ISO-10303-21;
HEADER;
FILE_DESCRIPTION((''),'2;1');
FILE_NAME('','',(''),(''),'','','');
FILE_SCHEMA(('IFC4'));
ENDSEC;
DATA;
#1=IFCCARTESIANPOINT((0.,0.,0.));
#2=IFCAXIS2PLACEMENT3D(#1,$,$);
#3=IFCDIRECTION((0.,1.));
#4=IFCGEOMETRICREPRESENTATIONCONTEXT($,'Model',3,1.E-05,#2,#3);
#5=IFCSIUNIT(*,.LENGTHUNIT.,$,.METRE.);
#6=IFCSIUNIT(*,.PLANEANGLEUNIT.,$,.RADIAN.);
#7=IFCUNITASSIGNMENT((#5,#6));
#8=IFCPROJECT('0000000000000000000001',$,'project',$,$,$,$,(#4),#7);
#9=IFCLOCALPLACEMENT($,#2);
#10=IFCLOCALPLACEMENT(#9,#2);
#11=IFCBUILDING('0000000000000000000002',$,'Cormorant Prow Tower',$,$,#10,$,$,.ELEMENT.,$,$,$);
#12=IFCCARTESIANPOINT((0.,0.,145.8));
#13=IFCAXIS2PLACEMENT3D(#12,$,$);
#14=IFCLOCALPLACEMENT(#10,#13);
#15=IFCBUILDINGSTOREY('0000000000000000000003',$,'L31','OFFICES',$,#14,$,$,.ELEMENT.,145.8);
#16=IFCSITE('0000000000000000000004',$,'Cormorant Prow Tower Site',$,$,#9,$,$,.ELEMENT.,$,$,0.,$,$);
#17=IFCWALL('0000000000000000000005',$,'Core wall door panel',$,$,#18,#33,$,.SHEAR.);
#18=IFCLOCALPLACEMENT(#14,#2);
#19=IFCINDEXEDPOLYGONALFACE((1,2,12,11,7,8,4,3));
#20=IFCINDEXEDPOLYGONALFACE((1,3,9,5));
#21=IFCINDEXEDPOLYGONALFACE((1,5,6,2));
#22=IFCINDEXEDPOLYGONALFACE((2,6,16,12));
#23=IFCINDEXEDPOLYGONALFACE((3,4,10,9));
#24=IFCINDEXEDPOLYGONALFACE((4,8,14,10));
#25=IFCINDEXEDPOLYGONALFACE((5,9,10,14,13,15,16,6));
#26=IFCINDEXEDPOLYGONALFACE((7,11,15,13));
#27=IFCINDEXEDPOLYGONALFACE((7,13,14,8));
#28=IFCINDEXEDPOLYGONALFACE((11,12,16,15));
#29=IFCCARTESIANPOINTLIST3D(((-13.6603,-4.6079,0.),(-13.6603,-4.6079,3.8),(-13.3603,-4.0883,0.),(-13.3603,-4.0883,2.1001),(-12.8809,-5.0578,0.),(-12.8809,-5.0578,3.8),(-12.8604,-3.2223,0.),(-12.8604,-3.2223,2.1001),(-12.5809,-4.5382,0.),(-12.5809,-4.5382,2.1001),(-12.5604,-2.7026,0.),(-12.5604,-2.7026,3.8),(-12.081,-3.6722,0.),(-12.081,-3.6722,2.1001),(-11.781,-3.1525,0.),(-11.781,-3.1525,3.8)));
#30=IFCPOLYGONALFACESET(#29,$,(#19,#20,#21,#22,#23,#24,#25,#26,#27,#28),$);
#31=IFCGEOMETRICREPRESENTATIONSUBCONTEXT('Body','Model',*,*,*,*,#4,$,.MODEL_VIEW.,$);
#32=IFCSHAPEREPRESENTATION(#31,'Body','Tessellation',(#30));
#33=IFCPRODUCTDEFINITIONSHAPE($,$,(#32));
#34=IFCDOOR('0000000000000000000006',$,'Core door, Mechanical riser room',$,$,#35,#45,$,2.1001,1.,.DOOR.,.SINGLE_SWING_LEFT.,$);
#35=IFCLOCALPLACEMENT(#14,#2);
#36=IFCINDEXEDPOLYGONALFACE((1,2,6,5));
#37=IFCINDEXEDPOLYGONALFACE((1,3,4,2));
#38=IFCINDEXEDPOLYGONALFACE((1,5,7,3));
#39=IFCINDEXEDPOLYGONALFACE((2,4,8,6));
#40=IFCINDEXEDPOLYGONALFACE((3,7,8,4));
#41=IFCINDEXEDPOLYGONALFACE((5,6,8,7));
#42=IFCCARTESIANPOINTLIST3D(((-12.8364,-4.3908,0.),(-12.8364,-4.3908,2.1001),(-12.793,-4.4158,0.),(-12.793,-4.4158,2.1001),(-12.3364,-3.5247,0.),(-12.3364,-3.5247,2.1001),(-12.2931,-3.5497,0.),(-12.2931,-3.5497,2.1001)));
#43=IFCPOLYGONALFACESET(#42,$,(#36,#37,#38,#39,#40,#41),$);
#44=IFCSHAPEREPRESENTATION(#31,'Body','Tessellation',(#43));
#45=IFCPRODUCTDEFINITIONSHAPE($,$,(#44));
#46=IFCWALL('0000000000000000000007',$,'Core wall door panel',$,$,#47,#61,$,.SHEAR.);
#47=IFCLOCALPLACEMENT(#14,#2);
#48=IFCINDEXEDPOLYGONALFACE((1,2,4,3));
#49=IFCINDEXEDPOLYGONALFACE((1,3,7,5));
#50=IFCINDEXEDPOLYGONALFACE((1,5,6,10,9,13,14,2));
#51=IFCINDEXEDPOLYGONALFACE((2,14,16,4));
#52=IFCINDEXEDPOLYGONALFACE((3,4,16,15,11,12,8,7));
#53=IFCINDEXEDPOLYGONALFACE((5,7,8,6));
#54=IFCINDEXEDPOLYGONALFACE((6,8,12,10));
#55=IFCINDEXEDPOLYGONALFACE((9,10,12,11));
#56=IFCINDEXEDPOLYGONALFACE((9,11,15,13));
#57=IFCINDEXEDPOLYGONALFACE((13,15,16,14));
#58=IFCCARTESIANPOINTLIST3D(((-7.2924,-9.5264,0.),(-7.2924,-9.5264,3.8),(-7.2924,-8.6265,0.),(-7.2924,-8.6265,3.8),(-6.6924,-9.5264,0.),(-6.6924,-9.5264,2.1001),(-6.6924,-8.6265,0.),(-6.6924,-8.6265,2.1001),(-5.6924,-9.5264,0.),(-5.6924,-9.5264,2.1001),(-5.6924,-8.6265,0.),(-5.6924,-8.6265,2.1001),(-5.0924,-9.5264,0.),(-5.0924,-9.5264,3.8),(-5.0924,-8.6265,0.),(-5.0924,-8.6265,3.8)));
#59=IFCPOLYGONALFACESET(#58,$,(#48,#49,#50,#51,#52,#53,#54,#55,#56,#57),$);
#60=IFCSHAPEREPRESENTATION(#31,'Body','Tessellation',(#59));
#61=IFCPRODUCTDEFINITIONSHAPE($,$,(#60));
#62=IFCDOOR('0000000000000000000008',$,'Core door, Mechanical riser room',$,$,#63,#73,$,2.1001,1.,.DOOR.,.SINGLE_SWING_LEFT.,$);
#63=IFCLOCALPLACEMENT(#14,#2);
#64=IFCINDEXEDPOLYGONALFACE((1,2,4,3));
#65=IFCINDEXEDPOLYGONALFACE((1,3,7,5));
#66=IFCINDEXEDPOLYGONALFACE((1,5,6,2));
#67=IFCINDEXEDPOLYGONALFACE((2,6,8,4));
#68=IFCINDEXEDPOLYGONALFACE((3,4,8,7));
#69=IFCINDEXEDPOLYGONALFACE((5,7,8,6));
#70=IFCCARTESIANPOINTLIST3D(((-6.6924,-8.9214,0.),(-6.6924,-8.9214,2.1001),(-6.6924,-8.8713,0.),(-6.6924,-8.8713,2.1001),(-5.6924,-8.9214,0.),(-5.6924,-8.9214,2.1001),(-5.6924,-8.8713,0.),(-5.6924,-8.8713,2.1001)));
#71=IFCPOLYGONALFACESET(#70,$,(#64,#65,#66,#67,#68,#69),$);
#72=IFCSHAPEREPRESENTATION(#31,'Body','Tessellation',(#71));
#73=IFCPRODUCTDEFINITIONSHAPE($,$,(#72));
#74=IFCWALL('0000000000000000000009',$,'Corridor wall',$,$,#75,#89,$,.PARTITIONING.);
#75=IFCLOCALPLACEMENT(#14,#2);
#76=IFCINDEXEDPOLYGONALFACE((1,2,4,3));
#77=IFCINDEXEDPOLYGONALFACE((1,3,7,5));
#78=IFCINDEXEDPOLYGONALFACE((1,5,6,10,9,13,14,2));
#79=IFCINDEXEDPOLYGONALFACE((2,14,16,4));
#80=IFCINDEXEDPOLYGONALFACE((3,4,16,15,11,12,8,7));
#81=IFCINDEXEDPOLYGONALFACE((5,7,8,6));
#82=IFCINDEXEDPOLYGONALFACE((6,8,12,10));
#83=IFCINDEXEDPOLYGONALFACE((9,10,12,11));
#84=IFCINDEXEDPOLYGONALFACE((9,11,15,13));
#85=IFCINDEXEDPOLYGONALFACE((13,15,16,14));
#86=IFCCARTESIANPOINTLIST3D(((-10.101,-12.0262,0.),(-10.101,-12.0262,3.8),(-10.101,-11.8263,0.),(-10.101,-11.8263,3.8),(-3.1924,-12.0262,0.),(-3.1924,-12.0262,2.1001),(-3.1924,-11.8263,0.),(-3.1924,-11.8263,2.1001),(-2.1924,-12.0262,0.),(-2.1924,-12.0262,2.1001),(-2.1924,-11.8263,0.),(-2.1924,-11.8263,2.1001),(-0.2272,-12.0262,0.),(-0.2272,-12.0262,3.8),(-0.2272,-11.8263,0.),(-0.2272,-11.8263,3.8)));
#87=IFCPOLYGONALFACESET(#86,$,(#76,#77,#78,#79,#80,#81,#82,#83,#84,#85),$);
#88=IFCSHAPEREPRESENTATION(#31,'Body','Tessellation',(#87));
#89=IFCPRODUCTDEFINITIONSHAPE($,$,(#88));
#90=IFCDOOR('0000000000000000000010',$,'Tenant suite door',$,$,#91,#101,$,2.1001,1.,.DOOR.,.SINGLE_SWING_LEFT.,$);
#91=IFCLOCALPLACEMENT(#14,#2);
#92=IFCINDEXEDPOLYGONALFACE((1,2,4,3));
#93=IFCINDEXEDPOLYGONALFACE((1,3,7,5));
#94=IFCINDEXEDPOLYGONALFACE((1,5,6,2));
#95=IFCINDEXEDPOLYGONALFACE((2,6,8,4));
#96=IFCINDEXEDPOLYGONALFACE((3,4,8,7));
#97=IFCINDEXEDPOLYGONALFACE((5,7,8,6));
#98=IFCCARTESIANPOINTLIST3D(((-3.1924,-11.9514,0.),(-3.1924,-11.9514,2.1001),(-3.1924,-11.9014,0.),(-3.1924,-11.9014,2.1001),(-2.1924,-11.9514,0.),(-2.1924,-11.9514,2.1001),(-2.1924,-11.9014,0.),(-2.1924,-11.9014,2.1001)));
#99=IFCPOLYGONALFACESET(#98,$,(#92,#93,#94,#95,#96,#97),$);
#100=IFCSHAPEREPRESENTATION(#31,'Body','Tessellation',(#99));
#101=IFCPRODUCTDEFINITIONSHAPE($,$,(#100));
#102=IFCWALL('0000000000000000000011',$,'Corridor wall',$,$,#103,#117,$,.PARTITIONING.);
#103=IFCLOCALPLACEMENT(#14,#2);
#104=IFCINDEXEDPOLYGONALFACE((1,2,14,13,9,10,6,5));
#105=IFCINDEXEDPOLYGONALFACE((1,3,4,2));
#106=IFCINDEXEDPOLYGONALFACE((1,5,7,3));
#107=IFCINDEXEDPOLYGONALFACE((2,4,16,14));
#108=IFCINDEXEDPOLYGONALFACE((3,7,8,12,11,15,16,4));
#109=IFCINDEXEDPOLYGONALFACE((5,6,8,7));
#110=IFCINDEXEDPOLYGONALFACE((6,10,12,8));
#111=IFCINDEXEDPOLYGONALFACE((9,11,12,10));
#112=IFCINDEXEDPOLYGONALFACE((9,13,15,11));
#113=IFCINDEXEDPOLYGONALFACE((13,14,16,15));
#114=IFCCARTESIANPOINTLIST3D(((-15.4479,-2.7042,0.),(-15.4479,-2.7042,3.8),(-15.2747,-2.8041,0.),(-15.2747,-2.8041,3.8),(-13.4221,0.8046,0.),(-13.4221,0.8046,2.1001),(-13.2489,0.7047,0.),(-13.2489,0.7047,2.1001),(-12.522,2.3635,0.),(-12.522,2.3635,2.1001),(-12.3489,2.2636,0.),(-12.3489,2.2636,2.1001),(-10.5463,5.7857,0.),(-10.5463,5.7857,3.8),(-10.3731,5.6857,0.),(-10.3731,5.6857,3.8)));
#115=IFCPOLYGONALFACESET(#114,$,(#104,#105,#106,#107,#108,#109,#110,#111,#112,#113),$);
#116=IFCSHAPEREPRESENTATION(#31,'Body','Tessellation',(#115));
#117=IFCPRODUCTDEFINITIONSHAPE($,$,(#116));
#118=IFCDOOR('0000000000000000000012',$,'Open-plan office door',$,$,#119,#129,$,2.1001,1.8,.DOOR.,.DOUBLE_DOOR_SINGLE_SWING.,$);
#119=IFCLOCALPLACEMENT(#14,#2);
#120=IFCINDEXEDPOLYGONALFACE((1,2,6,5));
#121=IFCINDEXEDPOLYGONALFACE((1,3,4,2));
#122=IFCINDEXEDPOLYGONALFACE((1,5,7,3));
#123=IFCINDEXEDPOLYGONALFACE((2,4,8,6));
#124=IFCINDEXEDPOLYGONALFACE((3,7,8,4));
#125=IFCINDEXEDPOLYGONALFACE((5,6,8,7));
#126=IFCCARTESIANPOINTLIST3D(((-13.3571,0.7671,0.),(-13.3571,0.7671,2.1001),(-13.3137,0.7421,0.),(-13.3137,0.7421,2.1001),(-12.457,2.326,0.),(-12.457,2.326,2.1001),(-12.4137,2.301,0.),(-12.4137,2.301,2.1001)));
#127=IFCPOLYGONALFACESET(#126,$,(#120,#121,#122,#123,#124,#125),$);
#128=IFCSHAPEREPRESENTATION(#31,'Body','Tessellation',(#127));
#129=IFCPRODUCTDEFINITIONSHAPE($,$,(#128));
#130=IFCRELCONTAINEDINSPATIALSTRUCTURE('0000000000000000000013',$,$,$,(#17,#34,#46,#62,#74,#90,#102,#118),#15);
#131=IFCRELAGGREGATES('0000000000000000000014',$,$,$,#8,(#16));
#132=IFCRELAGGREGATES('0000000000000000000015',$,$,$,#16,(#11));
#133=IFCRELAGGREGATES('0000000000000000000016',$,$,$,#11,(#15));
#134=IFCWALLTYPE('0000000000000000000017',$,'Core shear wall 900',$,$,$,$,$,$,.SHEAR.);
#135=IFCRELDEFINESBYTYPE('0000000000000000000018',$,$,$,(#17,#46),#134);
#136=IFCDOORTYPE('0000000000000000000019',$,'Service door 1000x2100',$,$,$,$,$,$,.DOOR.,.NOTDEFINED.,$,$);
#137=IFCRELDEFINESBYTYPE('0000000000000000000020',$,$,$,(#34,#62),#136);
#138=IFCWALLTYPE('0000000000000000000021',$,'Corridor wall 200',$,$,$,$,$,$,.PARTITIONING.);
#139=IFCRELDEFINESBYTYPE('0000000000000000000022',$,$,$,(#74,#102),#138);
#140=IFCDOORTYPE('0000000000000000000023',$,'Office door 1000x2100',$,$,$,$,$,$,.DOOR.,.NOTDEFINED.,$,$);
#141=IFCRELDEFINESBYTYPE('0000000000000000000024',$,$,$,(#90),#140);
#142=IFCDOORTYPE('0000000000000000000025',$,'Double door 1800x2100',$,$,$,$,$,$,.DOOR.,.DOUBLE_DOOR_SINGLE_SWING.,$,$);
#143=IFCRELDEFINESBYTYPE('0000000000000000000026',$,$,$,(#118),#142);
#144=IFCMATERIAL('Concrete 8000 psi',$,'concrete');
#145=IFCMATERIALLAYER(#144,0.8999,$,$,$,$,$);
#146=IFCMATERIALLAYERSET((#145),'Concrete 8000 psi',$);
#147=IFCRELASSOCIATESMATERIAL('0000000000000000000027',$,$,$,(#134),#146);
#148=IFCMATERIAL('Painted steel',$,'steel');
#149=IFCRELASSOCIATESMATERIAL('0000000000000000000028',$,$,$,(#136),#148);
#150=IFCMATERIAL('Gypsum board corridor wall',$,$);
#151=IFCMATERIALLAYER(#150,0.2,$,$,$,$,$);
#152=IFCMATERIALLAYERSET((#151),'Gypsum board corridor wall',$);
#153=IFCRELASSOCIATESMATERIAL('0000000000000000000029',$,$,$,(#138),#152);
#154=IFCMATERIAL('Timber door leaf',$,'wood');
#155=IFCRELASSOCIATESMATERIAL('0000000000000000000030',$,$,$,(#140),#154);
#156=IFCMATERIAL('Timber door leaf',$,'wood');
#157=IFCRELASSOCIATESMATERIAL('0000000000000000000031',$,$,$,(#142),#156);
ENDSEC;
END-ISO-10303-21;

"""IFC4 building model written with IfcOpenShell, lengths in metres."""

from ifc_helpers import new_model, si_unit, direction, frame, frame_2d, origin, place, context, subcontext, project, spatial, rectangle, extrude, material, layer, layer_set, type_object, element, fill, save


model = new_model("IFC4")

# Units and contexts
model_context = context("Model", 3, precision=1e-05, world=origin(), true_north=direction((0.0, 1.0)))
body_context = subcontext(model_context, "Body", "Model", "MODEL_VIEW")
ifc_project = project(units=[si_unit("LENGTHUNIT", "METRE"), si_unit("PLANEANGLEUNIT", "RADIAN")], contexts=[model_context])

# Site, building, storey
site_placement = place(None, origin())
site = spatial("IfcSite", under=ifc_project, at=site_placement, Name="Cormorant Prow Tower Site", CompositionType="ELEMENT", RefElevation=0.0)
building_placement = place(site_placement, origin())
building = spatial("IfcBuilding", under=site, at=building_placement, Name="Cormorant Prow Tower", CompositionType="ELEMENT")
storey_placement = place(building_placement, frame((0.0, 0.0, 145.8)))
storey = spatial("IfcBuildingStorey", under=building, at=storey_placement, Name="L31", Description="OFFICES", CompositionType="ELEMENT", Elevation=145.8)

# Shared definitions
ifc_material_1 = material(Name="Concrete 8000 psi", Category="concrete")
ifc_layer_1 = layer(ifc_material_1, 0.8999)
ifc_layer_set_1 = layer_set([ifc_layer_1], Name="Concrete 8000 psi")
wall_type_1 = type_object("IfcWallType", Name="Core shear wall 900", PredefinedType="SHEAR", material=ifc_layer_set_1)

# Walls, openings, doors
ifc_material_2 = material(Name="Painted steel", Category="steel")
door_type_1 = type_object("IfcDoorType", Name="Service door 1000x2100", OperationType="NOTDEFINED", PredefinedType="DOOR", material=ifc_material_2)
wall_1_placement = place(storey_placement, frame((-12.1707, -2.9275, 0.0), z_axis=(0.0, 0.0, 1.0), x_axis=(-0.499947, -0.866056, 0.0)))
wall_1 = element("IfcWall", 1, at=wall_1_placement, inside=storey, type_object=wall_type_1, Name="Core wall door panel", PredefinedType="SHEAR", context=body_context, shape_type="SweptSolid", body=[
    extrude(rectangle(XDim=2.2, YDim=0.8999, at=frame_2d((1.1001, 0.0))), origin(), (0.0, 0.0, 1.0), 3.8),
])
opening_1_placement = place(wall_1_placement, frame((0.6001, 0.0, 0.0)))
opening_1 = element("IfcOpeningElement", 2, at=opening_1_placement, cuts=wall_1, PredefinedType="OPENING", context=body_context, shape_type="SweptSolid", body=[
    extrude(rectangle(XDim=1.0, YDim=2.1001, at=frame_2d((0.5, 1.05))), frame((0.0, 0.46, 0.0), z_axis=(0.0, -1.0, 0.0), x_axis=(1.0, 0.0, 0.0)), (0.0, 0.0, 1.0), 0.9199),
])
door_1_placement = place(opening_1_placement, origin())
door_1 = element("IfcDoor", 3, at=door_1_placement, inside=storey, type_object=door_type_1, Name="Core door, Mechanical riser room", OperationType="SINGLE_SWING_LEFT", OverallHeight=2.1001, OverallWidth=1.0, PredefinedType="DOOR", context=body_context, shape_type="SweptSolid", body=[
    extrude(rectangle(XDim=1.0, YDim=2.1001, at=frame_2d((0.5, 1.05))), frame((0.0, 0.2051, 0.0), z_axis=(0.0, -1.0, 0.0), x_axis=(1.0, 0.0, 0.0)), (0.0, 0.0, 1.0), 0.05),
])
fill(opening_1, door_1)
wall_2_placement = place(storey_placement, frame((-7.2925, -9.0764, 0.0), z_axis=(0.0, 0.0, 1.0), x_axis=(1.0, 0.0, 0.0)))
wall_2 = element("IfcWall", 4, at=wall_2_placement, inside=storey, type_object=wall_type_1, Name="Core wall door panel", PredefinedType="SHEAR", context=body_context, shape_type="SweptSolid", body=[
    extrude(rectangle(XDim=2.2, YDim=0.8999, at=frame_2d((1.1001, 0.0))), origin(), (0.0, 0.0, 1.0), 3.8),
])
opening_2_placement = place(wall_2_placement, frame((0.6001, 0.0, 0.0)))
opening_2 = element("IfcOpeningElement", 5, at=opening_2_placement, cuts=wall_2, PredefinedType="OPENING", context=body_context, shape_type="SweptSolid", body=[
    extrude(rectangle(XDim=1.0, YDim=2.1001, at=frame_2d((0.5, 1.05))), frame((0.0, 0.46, 0.0), z_axis=(0.0, -1.0, 0.0), x_axis=(1.0, 0.0, 0.0)), (0.0, 0.0, 1.0), 0.9199),
])
door_2_placement = place(opening_2_placement, origin())
door_2 = element("IfcDoor", 6, at=door_2_placement, inside=storey, type_object=door_type_1, Name="Core door, Mechanical riser room", OperationType="SINGLE_SWING_LEFT", OverallHeight=2.1001, OverallWidth=1.0, PredefinedType="DOOR", context=body_context, shape_type="SweptSolid", body=[
    extrude(rectangle(XDim=1.0, YDim=2.1001, at=frame_2d((0.5, 1.05))), frame((0.0, 0.2051, 0.0), z_axis=(0.0, -1.0, 0.0), x_axis=(1.0, 0.0, 0.0)), (0.0, 0.0, 1.0), 0.05),
])
fill(opening_2, door_2)
ifc_material_3 = material(Name="Gypsum board corridor wall")
ifc_layer_2 = layer(ifc_material_3, 0.2)
ifc_layer_set_2 = layer_set([ifc_layer_2], Name="Gypsum board corridor wall")
wall_type_2 = type_object("IfcWallType", Name="Corridor wall 200", PredefinedType="PARTITIONING", material=ifc_layer_set_2)
wall_3_placement = place(storey_placement, frame((-10.1011, -11.9263, 0.0), z_axis=(0.0, 0.0, 1.0), x_axis=(1.0, 0.0, 0.0)))
wall_3 = element("IfcWall", 7, at=wall_3_placement, inside=storey, type_object=wall_type_2, Name="Corridor wall", PredefinedType="PARTITIONING", context=body_context, shape_type="SweptSolid", body=[
    extrude(rectangle(XDim=9.8738, YDim=0.2, at=frame_2d((4.937, 0.0))), origin(), (0.0, 0.0, 1.0), 3.8),
])
opening_3_placement = place(wall_3_placement, frame((6.9087, 0.0, 0.0)))
opening_3 = element("IfcOpeningElement", 8, at=opening_3_placement, cuts=wall_3, PredefinedType="OPENING", context=body_context, shape_type="SweptSolid", body=[
    extrude(rectangle(XDim=1.0, YDim=2.1001, at=frame_2d((0.5, 1.05))), frame((0.0, 0.1099, 0.0), z_axis=(0.0, -1.0, 0.0), x_axis=(1.0, 0.0, 0.0)), (0.0, 0.0, 1.0), 0.22),
])
ifc_material_4 = material(Name="Timber door leaf", Category="wood")
door_type_2 = type_object("IfcDoorType", Name="Office door 1000x2100", OperationType="NOTDEFINED", PredefinedType="DOOR", material=ifc_material_4)
door_3_placement = place(opening_3_placement, origin())
door_3 = element("IfcDoor", 9, at=door_3_placement, inside=storey, type_object=door_type_2, Name="Tenant suite door", OperationType="SINGLE_SWING_LEFT", OverallHeight=2.1001, OverallWidth=1.0, PredefinedType="DOOR", context=body_context, shape_type="SweptSolid", body=[
    extrude(rectangle(XDim=1.0, YDim=2.1001, at=frame_2d((0.5, 1.05))), frame((0.0, 0.0249, 0.0), z_axis=(0.0, -1.0, 0.0), x_axis=(1.0, 0.0, 0.0)), (0.0, 0.0, 1.0), 0.05),
])
fill(opening_3, door_3)
wall_4_placement = place(storey_placement, frame((-15.3613, -2.7542, 0.0), z_axis=(0.0, 0.0, 1.0), x_axis=(0.500004, 0.866023, 0.0)))
wall_4 = element("IfcWall", 10, at=wall_4_placement, inside=storey, type_object=wall_type_2, Name="Corridor wall", PredefinedType="PARTITIONING", context=body_context, shape_type="SweptSolid", body=[
    extrude(rectangle(XDim=9.8032, YDim=0.2, at=frame_2d((4.9016, 0.0))), origin(), (0.0, 0.0, 1.0), 3.8),
])
opening_4_placement = place(wall_4_placement, frame((4.0518, 0.0, 0.0)))
opening_4 = element("IfcOpeningElement", 11, at=opening_4_placement, cuts=wall_4, PredefinedType="OPENING", context=body_context, shape_type="SweptSolid", body=[
    extrude(rectangle(XDim=1.8, YDim=2.1001, at=frame_2d((0.8999, 1.05))), frame((0.0, 0.1099, 0.0), z_axis=(0.0, -1.0, 0.0), x_axis=(1.0, 0.0, 0.0)), (0.0, 0.0, 1.0), 0.22),
])
ifc_material_5 = material(Name="Timber door leaf", Category="wood")
door_type_3 = type_object("IfcDoorType", Name="Double door 1800x2100", OperationType="DOUBLE_DOOR_SINGLE_SWING", PredefinedType="DOOR", material=ifc_material_5)
door_4_placement = place(opening_4_placement, origin())
door_4 = element("IfcDoor", 12, at=door_4_placement, inside=storey, type_object=door_type_3, Name="Open-plan office door", OperationType="DOUBLE_DOOR_SINGLE_SWING", OverallHeight=2.1001, OverallWidth=1.8, PredefinedType="DOOR", context=body_context, shape_type="SweptSolid", body=[
    extrude(rectangle(XDim=1.8, YDim=2.1001, at=frame_2d((0.8999, 1.05))), frame((0.0, 0.0249, 0.0), z_axis=(0.0, -1.0, 0.0), x_axis=(1.0, 0.0, 0.0)), (0.0, 0.0, 1.0), 0.05),
])
fill(opening_4, door_4)

save(model, "model.ifc")
